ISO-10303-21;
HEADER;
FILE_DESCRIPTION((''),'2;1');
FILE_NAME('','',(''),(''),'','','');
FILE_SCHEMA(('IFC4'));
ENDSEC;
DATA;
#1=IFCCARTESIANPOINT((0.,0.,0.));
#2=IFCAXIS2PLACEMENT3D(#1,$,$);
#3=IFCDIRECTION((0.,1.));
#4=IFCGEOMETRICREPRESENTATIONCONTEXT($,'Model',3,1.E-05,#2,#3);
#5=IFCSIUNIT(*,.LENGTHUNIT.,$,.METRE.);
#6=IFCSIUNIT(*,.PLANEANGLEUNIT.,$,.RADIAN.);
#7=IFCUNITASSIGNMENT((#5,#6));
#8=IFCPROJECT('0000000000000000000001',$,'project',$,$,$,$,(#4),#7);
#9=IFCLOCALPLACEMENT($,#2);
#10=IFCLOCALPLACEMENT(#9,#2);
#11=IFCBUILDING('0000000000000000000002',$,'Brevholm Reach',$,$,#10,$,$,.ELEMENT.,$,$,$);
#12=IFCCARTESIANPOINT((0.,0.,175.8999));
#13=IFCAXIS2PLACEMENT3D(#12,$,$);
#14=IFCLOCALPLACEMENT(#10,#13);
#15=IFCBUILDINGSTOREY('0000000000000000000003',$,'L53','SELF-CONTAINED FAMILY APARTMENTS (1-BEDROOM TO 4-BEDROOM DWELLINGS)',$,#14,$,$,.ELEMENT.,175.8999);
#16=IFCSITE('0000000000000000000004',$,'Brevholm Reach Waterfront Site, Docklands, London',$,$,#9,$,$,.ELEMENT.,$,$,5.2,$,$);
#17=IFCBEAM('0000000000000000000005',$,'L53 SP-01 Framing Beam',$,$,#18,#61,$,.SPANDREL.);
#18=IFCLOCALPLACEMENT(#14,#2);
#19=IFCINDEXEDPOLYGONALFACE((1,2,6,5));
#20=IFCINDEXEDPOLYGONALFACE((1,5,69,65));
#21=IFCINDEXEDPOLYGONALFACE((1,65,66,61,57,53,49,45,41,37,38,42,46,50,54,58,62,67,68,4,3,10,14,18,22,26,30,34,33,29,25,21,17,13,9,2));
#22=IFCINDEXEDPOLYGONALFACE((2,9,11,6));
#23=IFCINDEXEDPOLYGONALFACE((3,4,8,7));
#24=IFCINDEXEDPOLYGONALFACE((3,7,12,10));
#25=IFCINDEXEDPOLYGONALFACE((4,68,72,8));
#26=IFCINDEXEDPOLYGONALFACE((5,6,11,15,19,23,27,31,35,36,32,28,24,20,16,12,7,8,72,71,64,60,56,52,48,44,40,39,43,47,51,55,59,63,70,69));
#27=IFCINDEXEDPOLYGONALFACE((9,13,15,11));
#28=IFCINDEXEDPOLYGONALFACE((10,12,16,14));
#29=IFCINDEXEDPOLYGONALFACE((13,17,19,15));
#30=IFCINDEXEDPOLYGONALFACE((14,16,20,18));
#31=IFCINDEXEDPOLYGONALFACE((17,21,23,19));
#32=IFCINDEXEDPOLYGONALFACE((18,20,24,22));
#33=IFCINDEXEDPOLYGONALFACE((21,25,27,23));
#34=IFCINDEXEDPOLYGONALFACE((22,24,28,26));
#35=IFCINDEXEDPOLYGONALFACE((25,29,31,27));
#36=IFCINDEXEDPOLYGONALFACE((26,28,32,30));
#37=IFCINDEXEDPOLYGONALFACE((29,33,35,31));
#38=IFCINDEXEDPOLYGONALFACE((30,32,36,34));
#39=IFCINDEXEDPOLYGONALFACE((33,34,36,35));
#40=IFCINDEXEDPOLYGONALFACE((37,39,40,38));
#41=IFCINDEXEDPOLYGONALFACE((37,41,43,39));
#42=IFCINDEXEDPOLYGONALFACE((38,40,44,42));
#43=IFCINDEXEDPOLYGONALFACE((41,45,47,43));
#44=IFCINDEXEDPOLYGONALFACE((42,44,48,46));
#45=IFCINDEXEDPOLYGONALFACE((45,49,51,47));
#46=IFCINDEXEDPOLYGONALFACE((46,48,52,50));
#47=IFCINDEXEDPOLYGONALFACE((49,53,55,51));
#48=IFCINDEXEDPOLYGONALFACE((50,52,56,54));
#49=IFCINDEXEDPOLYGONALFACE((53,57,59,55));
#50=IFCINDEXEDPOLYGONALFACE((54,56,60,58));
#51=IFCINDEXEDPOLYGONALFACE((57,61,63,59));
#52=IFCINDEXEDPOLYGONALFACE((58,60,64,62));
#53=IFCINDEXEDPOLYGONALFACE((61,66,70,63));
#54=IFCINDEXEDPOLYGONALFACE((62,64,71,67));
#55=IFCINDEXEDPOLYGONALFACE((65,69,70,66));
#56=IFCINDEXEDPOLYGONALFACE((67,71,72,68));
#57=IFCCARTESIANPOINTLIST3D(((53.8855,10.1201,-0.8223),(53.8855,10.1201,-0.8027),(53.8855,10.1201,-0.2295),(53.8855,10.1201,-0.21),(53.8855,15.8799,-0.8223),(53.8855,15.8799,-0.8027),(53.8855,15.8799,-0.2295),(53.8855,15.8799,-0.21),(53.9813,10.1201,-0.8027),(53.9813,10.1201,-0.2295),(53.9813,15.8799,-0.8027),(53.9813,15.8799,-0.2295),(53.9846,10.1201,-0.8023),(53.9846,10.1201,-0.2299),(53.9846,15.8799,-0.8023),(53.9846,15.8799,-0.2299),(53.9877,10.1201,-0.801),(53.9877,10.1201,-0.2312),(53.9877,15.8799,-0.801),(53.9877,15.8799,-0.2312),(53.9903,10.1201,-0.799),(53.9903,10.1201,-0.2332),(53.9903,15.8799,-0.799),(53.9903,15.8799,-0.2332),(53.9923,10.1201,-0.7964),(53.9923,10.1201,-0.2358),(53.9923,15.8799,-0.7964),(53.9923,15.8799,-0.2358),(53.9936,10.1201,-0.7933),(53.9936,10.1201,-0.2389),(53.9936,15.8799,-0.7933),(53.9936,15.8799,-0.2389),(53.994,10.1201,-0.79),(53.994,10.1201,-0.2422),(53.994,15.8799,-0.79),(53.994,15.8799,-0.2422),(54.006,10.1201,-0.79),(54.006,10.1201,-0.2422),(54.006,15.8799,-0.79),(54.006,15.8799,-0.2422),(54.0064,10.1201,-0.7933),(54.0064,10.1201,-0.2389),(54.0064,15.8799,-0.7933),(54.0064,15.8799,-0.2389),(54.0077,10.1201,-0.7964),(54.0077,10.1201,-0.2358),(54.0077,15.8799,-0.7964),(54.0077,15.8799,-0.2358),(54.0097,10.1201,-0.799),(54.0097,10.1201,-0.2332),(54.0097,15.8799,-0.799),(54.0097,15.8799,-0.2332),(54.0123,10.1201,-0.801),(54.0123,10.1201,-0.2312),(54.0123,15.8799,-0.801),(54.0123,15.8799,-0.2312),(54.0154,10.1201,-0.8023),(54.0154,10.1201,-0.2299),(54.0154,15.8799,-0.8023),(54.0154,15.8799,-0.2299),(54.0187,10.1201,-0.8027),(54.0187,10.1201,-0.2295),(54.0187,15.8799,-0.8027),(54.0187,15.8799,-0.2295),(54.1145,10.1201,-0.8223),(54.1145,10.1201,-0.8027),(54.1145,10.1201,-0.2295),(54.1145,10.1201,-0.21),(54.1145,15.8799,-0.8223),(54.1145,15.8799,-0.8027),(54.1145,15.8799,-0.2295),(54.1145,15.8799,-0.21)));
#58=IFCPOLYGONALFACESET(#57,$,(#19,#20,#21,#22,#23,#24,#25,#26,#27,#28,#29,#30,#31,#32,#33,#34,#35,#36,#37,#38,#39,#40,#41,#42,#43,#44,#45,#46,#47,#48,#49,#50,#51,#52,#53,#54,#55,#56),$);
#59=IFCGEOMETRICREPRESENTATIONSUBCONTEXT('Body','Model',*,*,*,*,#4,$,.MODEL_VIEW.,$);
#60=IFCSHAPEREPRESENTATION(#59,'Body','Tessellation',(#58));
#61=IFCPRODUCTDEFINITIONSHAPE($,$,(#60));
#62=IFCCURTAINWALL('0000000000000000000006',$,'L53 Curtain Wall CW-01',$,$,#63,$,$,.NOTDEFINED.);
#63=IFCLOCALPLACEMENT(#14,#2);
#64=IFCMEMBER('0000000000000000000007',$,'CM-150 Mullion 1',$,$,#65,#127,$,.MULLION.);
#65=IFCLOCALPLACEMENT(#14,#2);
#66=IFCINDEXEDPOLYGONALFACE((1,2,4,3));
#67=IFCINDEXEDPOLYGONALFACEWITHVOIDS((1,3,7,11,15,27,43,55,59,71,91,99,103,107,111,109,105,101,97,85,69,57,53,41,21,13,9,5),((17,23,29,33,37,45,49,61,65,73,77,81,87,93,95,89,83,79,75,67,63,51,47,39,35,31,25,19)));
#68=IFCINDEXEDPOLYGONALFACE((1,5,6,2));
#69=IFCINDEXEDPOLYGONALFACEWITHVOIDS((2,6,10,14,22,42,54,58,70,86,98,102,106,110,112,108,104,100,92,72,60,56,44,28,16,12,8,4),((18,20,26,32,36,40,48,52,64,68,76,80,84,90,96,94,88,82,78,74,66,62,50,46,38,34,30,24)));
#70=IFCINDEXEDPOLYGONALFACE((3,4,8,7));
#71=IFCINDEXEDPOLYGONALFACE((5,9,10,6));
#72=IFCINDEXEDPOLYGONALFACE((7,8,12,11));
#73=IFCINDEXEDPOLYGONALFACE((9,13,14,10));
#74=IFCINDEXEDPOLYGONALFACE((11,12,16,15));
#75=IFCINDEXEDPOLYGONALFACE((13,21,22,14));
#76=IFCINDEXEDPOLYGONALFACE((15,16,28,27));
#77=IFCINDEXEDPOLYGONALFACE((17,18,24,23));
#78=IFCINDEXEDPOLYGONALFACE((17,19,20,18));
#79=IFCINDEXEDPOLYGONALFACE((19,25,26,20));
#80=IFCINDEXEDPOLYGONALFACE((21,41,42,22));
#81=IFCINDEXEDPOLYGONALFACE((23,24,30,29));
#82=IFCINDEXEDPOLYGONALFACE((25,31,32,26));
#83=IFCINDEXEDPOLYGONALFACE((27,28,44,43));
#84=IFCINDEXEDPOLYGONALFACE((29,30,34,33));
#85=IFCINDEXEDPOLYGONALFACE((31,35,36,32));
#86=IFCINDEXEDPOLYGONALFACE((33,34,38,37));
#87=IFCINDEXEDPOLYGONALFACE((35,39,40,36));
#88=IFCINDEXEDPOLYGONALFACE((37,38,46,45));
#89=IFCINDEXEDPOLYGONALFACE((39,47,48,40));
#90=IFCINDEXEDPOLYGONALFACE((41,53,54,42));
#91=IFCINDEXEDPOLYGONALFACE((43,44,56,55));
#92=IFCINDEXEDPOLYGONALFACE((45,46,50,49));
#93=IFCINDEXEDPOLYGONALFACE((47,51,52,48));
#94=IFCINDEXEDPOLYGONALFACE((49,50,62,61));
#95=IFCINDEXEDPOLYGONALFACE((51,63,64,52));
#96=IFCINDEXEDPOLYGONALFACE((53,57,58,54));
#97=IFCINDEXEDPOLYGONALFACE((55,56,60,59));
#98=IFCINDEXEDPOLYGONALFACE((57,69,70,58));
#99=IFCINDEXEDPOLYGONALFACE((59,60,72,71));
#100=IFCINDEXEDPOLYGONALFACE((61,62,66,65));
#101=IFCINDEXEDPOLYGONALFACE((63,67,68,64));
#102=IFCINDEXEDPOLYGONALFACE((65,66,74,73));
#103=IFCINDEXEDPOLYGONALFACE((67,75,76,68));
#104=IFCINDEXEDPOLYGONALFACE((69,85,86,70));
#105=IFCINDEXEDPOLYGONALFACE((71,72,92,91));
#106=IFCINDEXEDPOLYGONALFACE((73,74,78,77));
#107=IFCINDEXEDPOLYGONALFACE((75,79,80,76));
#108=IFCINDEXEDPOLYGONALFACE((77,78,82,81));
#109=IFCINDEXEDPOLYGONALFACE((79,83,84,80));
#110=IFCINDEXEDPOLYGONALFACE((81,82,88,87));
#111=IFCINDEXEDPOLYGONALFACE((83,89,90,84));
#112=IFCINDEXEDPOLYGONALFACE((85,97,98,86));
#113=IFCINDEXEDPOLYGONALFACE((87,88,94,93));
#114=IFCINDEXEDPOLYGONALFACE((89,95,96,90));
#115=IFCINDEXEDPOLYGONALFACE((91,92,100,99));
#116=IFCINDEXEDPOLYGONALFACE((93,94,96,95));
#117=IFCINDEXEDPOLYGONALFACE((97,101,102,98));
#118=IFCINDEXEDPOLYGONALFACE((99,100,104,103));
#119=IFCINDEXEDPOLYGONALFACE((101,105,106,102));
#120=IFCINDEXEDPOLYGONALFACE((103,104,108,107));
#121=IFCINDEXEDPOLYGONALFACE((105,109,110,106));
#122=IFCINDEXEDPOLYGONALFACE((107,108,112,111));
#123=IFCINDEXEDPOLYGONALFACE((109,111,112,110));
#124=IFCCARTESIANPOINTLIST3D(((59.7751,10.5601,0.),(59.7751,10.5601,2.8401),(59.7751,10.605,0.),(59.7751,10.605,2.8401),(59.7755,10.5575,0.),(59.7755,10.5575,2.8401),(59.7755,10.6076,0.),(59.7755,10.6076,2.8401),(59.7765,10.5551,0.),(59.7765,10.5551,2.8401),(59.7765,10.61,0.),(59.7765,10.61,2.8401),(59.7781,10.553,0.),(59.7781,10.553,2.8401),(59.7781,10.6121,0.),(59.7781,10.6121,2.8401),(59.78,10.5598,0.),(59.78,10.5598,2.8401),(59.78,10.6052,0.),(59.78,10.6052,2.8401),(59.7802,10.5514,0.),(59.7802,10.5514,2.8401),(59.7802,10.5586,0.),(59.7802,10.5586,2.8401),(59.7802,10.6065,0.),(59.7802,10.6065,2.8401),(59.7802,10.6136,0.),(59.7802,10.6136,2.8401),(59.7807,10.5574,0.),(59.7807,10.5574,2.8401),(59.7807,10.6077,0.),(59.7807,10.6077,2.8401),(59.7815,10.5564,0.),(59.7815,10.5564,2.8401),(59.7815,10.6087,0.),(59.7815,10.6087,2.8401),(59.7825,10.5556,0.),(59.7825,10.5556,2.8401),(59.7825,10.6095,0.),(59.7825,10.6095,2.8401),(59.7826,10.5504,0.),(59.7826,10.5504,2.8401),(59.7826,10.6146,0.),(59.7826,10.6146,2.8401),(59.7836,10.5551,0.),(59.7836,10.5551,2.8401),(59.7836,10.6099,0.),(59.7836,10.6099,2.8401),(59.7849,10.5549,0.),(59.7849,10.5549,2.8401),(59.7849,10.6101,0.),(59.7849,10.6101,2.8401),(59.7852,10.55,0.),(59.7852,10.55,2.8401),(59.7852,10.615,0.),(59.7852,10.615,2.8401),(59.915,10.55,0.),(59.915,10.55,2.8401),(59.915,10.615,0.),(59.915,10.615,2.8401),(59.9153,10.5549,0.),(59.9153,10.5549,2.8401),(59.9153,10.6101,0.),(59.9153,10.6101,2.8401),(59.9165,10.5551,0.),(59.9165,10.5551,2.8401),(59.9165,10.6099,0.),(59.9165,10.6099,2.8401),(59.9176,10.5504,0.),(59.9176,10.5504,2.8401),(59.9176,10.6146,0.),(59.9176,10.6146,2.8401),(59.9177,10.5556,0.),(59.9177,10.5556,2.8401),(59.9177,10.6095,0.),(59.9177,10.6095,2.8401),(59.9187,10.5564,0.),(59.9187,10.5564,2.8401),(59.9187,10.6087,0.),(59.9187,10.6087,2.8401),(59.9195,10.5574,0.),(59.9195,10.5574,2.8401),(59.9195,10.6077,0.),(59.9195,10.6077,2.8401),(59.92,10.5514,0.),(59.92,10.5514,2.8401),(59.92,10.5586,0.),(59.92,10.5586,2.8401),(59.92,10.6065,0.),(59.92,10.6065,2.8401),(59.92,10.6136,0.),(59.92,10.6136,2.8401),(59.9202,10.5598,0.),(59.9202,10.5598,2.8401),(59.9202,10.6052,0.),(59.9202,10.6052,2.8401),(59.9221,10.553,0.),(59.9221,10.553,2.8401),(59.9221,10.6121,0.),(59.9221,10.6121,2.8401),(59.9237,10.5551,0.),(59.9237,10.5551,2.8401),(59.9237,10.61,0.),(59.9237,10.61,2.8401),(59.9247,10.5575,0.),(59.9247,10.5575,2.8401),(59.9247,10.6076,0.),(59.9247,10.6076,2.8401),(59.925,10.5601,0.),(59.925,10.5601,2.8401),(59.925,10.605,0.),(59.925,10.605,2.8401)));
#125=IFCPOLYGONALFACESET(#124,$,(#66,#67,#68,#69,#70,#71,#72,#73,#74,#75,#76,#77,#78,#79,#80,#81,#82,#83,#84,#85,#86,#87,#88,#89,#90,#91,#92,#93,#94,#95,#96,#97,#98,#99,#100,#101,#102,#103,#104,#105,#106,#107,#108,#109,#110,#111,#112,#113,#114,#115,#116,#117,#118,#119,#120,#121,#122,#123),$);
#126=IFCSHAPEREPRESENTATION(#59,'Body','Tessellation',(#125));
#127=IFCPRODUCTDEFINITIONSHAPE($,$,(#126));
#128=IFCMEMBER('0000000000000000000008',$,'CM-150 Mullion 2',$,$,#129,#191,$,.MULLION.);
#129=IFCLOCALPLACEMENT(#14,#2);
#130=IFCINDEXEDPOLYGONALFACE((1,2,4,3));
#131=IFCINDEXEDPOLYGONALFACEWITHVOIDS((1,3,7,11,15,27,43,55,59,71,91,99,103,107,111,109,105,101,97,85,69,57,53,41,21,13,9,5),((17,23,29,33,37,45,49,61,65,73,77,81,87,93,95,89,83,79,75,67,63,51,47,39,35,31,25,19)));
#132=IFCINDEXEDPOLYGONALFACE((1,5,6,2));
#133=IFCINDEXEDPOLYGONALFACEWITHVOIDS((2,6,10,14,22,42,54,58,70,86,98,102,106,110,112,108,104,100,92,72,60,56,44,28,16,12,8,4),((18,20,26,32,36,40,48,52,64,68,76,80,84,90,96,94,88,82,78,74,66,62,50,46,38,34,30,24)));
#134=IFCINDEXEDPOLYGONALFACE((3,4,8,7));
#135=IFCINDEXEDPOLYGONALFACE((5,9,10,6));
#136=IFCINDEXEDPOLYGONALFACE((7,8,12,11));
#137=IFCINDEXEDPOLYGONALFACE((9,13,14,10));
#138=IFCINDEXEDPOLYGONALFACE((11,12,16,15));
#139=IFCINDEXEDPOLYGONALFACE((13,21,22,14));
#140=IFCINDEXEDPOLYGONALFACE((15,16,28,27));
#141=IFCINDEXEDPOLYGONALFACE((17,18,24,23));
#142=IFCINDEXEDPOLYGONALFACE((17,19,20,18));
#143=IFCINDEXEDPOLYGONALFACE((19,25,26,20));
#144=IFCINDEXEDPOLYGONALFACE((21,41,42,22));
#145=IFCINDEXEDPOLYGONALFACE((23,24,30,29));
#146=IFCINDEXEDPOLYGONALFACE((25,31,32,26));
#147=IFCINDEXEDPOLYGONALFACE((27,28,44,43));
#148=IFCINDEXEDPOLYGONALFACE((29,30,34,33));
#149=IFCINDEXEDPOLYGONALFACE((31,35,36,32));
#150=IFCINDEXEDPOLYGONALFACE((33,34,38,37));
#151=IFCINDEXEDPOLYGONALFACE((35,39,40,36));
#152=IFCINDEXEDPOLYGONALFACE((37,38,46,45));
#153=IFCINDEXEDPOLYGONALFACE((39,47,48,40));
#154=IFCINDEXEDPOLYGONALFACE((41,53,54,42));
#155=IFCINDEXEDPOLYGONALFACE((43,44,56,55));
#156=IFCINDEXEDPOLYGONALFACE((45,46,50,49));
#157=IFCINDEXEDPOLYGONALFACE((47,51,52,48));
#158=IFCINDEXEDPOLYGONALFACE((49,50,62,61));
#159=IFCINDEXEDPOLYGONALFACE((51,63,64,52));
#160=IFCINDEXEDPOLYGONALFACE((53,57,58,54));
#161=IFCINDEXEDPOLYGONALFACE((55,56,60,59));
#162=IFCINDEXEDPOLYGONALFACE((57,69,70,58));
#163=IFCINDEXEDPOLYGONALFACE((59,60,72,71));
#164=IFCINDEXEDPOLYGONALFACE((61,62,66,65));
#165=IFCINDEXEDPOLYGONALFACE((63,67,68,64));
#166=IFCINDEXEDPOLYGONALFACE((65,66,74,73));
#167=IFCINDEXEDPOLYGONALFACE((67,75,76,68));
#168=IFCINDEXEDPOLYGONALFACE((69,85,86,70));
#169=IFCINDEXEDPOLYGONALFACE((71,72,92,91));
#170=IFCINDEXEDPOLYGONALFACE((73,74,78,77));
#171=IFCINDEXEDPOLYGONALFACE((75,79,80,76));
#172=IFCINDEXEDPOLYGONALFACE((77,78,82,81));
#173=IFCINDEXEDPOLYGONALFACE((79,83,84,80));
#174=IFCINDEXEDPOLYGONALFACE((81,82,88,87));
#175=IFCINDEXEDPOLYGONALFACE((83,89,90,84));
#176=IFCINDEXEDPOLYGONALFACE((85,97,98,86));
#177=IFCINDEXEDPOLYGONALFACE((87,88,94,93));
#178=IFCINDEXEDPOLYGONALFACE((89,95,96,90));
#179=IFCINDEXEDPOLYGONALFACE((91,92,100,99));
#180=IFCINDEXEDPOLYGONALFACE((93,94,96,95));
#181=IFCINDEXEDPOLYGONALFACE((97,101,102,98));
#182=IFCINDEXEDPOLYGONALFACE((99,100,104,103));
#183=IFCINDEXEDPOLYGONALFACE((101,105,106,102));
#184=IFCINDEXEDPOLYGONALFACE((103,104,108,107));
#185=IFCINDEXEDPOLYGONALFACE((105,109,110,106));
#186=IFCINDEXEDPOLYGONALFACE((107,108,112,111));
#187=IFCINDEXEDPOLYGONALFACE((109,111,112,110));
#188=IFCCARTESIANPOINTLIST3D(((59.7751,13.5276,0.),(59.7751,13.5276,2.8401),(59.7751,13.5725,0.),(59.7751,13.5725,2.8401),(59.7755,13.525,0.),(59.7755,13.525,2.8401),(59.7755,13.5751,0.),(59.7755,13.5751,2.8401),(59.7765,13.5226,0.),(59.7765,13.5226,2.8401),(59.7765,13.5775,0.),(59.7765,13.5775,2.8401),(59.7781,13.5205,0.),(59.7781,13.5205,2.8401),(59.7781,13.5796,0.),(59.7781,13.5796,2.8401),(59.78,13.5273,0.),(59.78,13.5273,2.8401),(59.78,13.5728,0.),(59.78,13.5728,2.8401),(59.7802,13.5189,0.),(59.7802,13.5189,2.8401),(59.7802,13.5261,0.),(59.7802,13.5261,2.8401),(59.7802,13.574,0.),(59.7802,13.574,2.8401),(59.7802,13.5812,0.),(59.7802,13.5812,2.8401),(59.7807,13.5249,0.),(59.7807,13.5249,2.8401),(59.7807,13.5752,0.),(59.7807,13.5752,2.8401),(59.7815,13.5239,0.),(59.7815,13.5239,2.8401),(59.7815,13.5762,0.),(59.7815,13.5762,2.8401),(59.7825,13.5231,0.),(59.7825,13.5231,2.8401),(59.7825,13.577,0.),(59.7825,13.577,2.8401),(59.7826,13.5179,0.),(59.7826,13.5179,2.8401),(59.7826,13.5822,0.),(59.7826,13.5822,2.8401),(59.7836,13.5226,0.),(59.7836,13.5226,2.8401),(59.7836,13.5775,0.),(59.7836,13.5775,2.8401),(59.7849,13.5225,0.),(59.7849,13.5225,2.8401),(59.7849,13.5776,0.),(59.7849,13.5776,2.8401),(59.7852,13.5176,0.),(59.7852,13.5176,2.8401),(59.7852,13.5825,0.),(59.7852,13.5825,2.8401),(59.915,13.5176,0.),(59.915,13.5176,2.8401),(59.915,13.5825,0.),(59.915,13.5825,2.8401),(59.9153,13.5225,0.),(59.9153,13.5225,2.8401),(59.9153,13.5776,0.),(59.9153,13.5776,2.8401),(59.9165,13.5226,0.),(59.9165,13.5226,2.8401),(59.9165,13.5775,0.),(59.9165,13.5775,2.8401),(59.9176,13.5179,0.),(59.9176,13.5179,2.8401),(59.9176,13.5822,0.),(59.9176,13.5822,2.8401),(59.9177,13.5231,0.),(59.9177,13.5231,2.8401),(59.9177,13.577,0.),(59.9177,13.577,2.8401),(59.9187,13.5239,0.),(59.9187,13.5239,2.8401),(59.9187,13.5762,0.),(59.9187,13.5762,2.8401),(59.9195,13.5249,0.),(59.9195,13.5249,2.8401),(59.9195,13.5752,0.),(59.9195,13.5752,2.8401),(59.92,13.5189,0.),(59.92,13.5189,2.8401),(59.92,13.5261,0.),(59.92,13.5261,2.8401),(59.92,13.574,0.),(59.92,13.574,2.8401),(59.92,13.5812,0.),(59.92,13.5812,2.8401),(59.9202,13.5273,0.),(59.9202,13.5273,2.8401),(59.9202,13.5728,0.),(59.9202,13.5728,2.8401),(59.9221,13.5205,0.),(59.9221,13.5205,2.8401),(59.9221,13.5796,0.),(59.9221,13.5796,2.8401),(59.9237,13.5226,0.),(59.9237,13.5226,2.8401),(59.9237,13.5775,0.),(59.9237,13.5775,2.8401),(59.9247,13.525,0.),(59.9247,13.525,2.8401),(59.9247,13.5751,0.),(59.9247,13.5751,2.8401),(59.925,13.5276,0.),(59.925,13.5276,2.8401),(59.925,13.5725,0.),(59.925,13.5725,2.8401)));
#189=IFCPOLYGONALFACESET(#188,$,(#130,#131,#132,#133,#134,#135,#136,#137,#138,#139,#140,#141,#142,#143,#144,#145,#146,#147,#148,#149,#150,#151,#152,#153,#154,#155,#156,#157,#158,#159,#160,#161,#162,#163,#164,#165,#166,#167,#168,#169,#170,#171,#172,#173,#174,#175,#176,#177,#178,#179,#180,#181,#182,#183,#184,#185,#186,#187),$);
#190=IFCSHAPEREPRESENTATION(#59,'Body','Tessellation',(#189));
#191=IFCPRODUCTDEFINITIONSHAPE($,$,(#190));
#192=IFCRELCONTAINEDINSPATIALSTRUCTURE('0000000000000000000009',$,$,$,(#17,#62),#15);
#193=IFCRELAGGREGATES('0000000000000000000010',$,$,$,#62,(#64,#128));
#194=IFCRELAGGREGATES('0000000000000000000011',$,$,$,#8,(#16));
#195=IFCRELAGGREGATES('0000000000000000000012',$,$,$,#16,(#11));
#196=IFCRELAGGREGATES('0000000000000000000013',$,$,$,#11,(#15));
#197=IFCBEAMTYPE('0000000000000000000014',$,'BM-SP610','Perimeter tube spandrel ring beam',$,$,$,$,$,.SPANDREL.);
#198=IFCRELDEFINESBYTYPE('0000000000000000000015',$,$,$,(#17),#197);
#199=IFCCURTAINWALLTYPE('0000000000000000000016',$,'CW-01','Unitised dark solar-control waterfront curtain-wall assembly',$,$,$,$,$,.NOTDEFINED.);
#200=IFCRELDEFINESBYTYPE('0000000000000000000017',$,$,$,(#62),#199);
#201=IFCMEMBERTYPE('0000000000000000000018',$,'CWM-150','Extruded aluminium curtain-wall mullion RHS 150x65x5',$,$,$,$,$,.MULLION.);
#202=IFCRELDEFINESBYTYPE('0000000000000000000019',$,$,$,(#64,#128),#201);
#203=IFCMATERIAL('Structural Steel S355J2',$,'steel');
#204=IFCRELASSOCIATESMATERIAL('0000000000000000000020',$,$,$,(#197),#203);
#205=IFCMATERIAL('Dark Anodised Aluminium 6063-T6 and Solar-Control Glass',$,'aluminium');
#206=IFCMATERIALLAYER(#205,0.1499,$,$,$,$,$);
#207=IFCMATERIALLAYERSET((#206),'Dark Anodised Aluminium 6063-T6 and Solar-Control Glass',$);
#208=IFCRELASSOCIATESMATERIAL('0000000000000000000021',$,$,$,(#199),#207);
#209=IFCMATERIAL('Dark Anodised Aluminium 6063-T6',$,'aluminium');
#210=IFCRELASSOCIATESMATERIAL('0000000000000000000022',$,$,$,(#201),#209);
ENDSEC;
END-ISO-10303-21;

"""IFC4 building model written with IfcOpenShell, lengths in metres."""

from ifc_helpers import new_model, si_unit, direction, frame, origin, origin_2d, place, context, subcontext, project, spatial, hollow_rectangle, i_section, extrude, material, layer, layer_set, material_profile, profile_set, type_object, element, aggregate, save


model = new_model("IFC4")

# Units and contexts
model_context = context("Model", 3, precision=1e-05, world=origin(), true_north=direction((0.0, 1.0)))
body_context = subcontext(model_context, "Body", "Model", "MODEL_VIEW")
ifc_project = project(units=[si_unit("LENGTHUNIT", "METRE"), si_unit("PLANEANGLEUNIT", "RADIAN")], contexts=[model_context])

# Site, building, storey
site_placement = place(None, origin())
site = spatial("IfcSite", under=ifc_project, at=site_placement, Name="Brevholm Reach Waterfront Site, Docklands, London", CompositionType="ELEMENT", RefElevation=5.2)
building_placement = place(site_placement, origin())
building = spatial("IfcBuilding", under=site, at=building_placement, Name="Brevholm Reach", CompositionType="ELEMENT")
storey_placement = place(building_placement, frame((0.0, 0.0, 175.8999)))
storey = spatial("IfcBuildingStorey", under=building, at=storey_placement, Name="L53", Description="SELF-CONTAINED FAMILY APARTMENTS (1-BEDROOM TO 4-BEDROOM DWELLINGS)", CompositionType="ELEMENT", Elevation=175.8999)

# Beam
ifc_material_1 = material(Name="Structural Steel S355J2", Category="steel")
ifc_material_profile_1 = material_profile(ifc_material_1, i_section(OverallWidth=0.229, OverallDepth=0.6123, WebThickness=0.012, FlangeThickness=0.0195, FilletRadius=0.0127, at=origin_2d()), Name="UKB 610x229x125")
ifc_profile_set_1 = profile_set([ifc_material_profile_1], Name="Structural Steel S355J2")
beam_type_1 = type_object("IfcBeamType", Name="BM-SP610", Description="Perimeter tube spandrel ring beam", PredefinedType="SPANDREL", material=ifc_profile_set_1)
for number, where, z_axis, x_axis, name in (
    (1, (54.0, 10.1201, -0.5161), (0.0, 1.0, 0.0), (-1.0, 0.0, 0.0), "L53 SP-01 Framing Beam"),
):
    element("IfcBeam", number, at=place(storey_placement, frame(where, z_axis=z_axis, x_axis=x_axis)), inside=storey, type_object=beam_type_1, Name=name, PredefinedType="SPANDREL", context=body_context, shape_type="SweptSolid", body=[
        extrude(i_section(OverallWidth=0.229, OverallDepth=0.6123, WebThickness=0.012, FlangeThickness=0.0195, FilletRadius=0.0127, at=origin_2d()), origin(), (0.0, 0.0, 1.0), 5.7598),
    ])

# Curtain wall, members
ifc_material_2 = material(Name="Dark Anodised Aluminium 6063-T6 and Solar-Control Glass", Category="aluminium")
ifc_layer_1 = layer(ifc_material_2, 0.1499)
ifc_layer_set_1 = layer_set([ifc_layer_1], Name="Dark Anodised Aluminium 6063-T6 and Solar-Control Glass")
curtain_wall_type = type_object("IfcCurtainWallType", Name="CW-01", Description="Unitised dark solar-control waterfront curtain-wall assembly", PredefinedType="NOTDEFINED", material=ifc_layer_set_1)
curtain_wall_placement = place(storey_placement, origin())
curtain_wall = element("IfcCurtainWall", 2, at=curtain_wall_placement, inside=storey, type_object=curtain_wall_type, Name="L53 Curtain Wall CW-01", PredefinedType="NOTDEFINED")
ifc_material_3 = material(Name="Dark Anodised Aluminium 6063-T6", Category="aluminium")
ifc_material_profile_2 = material_profile(ifc_material_3, hollow_rectangle(XDim=0.0649, YDim=0.1499, WallThickness=0.0049, InnerFilletRadius=0.0049, OuterFilletRadius=0.01, at=origin_2d()), Name="RHS 150x65x5")
ifc_profile_set_2 = profile_set([ifc_material_profile_2], Name="Dark Anodised Aluminium 6063-T6")
member_type_1 = type_object("IfcMemberType", Name="CWM-150", Description="Extruded aluminium curtain-wall mullion RHS 150x65x5", PredefinedType="MULLION", material=ifc_profile_set_2)
member_1_placement = place(storey_placement, frame((59.8501, 10.5825, 0.0), z_axis=(0.0, 0.0, 1.0), x_axis=(0.0, 1.0, 0.0)))
member_1 = element("IfcMember", 3, at=member_1_placement, type_object=member_type_1, Name="CM-150 Mullion 1", PredefinedType="MULLION", context=body_context, shape_type="SweptSolid", body=[
    extrude(hollow_rectangle(XDim=0.0649, YDim=0.1499, WallThickness=0.0049, InnerFilletRadius=0.0049, OuterFilletRadius=0.01, at=origin_2d()), origin(), (0.0, 0.0, 1.0), 2.8401),
])
member_2_placement = place(storey_placement, frame((59.8501, 13.55, 0.0), z_axis=(0.0, 0.0, 1.0), x_axis=(0.0, 1.0, 0.0)))
member_2 = element("IfcMember", 4, at=member_2_placement, type_object=member_type_1, Name="CM-150 Mullion 2", PredefinedType="MULLION", context=body_context, shape_type="SweptSolid", body=[
    extrude(hollow_rectangle(XDim=0.0649, YDim=0.1499, WallThickness=0.0049, InnerFilletRadius=0.0049, OuterFilletRadius=0.01, at=origin_2d()), origin(), (0.0, 0.0, 1.0), 2.8401),
])
aggregate(curtain_wall, [member_1, member_2])

save(model, "model.ifc")
